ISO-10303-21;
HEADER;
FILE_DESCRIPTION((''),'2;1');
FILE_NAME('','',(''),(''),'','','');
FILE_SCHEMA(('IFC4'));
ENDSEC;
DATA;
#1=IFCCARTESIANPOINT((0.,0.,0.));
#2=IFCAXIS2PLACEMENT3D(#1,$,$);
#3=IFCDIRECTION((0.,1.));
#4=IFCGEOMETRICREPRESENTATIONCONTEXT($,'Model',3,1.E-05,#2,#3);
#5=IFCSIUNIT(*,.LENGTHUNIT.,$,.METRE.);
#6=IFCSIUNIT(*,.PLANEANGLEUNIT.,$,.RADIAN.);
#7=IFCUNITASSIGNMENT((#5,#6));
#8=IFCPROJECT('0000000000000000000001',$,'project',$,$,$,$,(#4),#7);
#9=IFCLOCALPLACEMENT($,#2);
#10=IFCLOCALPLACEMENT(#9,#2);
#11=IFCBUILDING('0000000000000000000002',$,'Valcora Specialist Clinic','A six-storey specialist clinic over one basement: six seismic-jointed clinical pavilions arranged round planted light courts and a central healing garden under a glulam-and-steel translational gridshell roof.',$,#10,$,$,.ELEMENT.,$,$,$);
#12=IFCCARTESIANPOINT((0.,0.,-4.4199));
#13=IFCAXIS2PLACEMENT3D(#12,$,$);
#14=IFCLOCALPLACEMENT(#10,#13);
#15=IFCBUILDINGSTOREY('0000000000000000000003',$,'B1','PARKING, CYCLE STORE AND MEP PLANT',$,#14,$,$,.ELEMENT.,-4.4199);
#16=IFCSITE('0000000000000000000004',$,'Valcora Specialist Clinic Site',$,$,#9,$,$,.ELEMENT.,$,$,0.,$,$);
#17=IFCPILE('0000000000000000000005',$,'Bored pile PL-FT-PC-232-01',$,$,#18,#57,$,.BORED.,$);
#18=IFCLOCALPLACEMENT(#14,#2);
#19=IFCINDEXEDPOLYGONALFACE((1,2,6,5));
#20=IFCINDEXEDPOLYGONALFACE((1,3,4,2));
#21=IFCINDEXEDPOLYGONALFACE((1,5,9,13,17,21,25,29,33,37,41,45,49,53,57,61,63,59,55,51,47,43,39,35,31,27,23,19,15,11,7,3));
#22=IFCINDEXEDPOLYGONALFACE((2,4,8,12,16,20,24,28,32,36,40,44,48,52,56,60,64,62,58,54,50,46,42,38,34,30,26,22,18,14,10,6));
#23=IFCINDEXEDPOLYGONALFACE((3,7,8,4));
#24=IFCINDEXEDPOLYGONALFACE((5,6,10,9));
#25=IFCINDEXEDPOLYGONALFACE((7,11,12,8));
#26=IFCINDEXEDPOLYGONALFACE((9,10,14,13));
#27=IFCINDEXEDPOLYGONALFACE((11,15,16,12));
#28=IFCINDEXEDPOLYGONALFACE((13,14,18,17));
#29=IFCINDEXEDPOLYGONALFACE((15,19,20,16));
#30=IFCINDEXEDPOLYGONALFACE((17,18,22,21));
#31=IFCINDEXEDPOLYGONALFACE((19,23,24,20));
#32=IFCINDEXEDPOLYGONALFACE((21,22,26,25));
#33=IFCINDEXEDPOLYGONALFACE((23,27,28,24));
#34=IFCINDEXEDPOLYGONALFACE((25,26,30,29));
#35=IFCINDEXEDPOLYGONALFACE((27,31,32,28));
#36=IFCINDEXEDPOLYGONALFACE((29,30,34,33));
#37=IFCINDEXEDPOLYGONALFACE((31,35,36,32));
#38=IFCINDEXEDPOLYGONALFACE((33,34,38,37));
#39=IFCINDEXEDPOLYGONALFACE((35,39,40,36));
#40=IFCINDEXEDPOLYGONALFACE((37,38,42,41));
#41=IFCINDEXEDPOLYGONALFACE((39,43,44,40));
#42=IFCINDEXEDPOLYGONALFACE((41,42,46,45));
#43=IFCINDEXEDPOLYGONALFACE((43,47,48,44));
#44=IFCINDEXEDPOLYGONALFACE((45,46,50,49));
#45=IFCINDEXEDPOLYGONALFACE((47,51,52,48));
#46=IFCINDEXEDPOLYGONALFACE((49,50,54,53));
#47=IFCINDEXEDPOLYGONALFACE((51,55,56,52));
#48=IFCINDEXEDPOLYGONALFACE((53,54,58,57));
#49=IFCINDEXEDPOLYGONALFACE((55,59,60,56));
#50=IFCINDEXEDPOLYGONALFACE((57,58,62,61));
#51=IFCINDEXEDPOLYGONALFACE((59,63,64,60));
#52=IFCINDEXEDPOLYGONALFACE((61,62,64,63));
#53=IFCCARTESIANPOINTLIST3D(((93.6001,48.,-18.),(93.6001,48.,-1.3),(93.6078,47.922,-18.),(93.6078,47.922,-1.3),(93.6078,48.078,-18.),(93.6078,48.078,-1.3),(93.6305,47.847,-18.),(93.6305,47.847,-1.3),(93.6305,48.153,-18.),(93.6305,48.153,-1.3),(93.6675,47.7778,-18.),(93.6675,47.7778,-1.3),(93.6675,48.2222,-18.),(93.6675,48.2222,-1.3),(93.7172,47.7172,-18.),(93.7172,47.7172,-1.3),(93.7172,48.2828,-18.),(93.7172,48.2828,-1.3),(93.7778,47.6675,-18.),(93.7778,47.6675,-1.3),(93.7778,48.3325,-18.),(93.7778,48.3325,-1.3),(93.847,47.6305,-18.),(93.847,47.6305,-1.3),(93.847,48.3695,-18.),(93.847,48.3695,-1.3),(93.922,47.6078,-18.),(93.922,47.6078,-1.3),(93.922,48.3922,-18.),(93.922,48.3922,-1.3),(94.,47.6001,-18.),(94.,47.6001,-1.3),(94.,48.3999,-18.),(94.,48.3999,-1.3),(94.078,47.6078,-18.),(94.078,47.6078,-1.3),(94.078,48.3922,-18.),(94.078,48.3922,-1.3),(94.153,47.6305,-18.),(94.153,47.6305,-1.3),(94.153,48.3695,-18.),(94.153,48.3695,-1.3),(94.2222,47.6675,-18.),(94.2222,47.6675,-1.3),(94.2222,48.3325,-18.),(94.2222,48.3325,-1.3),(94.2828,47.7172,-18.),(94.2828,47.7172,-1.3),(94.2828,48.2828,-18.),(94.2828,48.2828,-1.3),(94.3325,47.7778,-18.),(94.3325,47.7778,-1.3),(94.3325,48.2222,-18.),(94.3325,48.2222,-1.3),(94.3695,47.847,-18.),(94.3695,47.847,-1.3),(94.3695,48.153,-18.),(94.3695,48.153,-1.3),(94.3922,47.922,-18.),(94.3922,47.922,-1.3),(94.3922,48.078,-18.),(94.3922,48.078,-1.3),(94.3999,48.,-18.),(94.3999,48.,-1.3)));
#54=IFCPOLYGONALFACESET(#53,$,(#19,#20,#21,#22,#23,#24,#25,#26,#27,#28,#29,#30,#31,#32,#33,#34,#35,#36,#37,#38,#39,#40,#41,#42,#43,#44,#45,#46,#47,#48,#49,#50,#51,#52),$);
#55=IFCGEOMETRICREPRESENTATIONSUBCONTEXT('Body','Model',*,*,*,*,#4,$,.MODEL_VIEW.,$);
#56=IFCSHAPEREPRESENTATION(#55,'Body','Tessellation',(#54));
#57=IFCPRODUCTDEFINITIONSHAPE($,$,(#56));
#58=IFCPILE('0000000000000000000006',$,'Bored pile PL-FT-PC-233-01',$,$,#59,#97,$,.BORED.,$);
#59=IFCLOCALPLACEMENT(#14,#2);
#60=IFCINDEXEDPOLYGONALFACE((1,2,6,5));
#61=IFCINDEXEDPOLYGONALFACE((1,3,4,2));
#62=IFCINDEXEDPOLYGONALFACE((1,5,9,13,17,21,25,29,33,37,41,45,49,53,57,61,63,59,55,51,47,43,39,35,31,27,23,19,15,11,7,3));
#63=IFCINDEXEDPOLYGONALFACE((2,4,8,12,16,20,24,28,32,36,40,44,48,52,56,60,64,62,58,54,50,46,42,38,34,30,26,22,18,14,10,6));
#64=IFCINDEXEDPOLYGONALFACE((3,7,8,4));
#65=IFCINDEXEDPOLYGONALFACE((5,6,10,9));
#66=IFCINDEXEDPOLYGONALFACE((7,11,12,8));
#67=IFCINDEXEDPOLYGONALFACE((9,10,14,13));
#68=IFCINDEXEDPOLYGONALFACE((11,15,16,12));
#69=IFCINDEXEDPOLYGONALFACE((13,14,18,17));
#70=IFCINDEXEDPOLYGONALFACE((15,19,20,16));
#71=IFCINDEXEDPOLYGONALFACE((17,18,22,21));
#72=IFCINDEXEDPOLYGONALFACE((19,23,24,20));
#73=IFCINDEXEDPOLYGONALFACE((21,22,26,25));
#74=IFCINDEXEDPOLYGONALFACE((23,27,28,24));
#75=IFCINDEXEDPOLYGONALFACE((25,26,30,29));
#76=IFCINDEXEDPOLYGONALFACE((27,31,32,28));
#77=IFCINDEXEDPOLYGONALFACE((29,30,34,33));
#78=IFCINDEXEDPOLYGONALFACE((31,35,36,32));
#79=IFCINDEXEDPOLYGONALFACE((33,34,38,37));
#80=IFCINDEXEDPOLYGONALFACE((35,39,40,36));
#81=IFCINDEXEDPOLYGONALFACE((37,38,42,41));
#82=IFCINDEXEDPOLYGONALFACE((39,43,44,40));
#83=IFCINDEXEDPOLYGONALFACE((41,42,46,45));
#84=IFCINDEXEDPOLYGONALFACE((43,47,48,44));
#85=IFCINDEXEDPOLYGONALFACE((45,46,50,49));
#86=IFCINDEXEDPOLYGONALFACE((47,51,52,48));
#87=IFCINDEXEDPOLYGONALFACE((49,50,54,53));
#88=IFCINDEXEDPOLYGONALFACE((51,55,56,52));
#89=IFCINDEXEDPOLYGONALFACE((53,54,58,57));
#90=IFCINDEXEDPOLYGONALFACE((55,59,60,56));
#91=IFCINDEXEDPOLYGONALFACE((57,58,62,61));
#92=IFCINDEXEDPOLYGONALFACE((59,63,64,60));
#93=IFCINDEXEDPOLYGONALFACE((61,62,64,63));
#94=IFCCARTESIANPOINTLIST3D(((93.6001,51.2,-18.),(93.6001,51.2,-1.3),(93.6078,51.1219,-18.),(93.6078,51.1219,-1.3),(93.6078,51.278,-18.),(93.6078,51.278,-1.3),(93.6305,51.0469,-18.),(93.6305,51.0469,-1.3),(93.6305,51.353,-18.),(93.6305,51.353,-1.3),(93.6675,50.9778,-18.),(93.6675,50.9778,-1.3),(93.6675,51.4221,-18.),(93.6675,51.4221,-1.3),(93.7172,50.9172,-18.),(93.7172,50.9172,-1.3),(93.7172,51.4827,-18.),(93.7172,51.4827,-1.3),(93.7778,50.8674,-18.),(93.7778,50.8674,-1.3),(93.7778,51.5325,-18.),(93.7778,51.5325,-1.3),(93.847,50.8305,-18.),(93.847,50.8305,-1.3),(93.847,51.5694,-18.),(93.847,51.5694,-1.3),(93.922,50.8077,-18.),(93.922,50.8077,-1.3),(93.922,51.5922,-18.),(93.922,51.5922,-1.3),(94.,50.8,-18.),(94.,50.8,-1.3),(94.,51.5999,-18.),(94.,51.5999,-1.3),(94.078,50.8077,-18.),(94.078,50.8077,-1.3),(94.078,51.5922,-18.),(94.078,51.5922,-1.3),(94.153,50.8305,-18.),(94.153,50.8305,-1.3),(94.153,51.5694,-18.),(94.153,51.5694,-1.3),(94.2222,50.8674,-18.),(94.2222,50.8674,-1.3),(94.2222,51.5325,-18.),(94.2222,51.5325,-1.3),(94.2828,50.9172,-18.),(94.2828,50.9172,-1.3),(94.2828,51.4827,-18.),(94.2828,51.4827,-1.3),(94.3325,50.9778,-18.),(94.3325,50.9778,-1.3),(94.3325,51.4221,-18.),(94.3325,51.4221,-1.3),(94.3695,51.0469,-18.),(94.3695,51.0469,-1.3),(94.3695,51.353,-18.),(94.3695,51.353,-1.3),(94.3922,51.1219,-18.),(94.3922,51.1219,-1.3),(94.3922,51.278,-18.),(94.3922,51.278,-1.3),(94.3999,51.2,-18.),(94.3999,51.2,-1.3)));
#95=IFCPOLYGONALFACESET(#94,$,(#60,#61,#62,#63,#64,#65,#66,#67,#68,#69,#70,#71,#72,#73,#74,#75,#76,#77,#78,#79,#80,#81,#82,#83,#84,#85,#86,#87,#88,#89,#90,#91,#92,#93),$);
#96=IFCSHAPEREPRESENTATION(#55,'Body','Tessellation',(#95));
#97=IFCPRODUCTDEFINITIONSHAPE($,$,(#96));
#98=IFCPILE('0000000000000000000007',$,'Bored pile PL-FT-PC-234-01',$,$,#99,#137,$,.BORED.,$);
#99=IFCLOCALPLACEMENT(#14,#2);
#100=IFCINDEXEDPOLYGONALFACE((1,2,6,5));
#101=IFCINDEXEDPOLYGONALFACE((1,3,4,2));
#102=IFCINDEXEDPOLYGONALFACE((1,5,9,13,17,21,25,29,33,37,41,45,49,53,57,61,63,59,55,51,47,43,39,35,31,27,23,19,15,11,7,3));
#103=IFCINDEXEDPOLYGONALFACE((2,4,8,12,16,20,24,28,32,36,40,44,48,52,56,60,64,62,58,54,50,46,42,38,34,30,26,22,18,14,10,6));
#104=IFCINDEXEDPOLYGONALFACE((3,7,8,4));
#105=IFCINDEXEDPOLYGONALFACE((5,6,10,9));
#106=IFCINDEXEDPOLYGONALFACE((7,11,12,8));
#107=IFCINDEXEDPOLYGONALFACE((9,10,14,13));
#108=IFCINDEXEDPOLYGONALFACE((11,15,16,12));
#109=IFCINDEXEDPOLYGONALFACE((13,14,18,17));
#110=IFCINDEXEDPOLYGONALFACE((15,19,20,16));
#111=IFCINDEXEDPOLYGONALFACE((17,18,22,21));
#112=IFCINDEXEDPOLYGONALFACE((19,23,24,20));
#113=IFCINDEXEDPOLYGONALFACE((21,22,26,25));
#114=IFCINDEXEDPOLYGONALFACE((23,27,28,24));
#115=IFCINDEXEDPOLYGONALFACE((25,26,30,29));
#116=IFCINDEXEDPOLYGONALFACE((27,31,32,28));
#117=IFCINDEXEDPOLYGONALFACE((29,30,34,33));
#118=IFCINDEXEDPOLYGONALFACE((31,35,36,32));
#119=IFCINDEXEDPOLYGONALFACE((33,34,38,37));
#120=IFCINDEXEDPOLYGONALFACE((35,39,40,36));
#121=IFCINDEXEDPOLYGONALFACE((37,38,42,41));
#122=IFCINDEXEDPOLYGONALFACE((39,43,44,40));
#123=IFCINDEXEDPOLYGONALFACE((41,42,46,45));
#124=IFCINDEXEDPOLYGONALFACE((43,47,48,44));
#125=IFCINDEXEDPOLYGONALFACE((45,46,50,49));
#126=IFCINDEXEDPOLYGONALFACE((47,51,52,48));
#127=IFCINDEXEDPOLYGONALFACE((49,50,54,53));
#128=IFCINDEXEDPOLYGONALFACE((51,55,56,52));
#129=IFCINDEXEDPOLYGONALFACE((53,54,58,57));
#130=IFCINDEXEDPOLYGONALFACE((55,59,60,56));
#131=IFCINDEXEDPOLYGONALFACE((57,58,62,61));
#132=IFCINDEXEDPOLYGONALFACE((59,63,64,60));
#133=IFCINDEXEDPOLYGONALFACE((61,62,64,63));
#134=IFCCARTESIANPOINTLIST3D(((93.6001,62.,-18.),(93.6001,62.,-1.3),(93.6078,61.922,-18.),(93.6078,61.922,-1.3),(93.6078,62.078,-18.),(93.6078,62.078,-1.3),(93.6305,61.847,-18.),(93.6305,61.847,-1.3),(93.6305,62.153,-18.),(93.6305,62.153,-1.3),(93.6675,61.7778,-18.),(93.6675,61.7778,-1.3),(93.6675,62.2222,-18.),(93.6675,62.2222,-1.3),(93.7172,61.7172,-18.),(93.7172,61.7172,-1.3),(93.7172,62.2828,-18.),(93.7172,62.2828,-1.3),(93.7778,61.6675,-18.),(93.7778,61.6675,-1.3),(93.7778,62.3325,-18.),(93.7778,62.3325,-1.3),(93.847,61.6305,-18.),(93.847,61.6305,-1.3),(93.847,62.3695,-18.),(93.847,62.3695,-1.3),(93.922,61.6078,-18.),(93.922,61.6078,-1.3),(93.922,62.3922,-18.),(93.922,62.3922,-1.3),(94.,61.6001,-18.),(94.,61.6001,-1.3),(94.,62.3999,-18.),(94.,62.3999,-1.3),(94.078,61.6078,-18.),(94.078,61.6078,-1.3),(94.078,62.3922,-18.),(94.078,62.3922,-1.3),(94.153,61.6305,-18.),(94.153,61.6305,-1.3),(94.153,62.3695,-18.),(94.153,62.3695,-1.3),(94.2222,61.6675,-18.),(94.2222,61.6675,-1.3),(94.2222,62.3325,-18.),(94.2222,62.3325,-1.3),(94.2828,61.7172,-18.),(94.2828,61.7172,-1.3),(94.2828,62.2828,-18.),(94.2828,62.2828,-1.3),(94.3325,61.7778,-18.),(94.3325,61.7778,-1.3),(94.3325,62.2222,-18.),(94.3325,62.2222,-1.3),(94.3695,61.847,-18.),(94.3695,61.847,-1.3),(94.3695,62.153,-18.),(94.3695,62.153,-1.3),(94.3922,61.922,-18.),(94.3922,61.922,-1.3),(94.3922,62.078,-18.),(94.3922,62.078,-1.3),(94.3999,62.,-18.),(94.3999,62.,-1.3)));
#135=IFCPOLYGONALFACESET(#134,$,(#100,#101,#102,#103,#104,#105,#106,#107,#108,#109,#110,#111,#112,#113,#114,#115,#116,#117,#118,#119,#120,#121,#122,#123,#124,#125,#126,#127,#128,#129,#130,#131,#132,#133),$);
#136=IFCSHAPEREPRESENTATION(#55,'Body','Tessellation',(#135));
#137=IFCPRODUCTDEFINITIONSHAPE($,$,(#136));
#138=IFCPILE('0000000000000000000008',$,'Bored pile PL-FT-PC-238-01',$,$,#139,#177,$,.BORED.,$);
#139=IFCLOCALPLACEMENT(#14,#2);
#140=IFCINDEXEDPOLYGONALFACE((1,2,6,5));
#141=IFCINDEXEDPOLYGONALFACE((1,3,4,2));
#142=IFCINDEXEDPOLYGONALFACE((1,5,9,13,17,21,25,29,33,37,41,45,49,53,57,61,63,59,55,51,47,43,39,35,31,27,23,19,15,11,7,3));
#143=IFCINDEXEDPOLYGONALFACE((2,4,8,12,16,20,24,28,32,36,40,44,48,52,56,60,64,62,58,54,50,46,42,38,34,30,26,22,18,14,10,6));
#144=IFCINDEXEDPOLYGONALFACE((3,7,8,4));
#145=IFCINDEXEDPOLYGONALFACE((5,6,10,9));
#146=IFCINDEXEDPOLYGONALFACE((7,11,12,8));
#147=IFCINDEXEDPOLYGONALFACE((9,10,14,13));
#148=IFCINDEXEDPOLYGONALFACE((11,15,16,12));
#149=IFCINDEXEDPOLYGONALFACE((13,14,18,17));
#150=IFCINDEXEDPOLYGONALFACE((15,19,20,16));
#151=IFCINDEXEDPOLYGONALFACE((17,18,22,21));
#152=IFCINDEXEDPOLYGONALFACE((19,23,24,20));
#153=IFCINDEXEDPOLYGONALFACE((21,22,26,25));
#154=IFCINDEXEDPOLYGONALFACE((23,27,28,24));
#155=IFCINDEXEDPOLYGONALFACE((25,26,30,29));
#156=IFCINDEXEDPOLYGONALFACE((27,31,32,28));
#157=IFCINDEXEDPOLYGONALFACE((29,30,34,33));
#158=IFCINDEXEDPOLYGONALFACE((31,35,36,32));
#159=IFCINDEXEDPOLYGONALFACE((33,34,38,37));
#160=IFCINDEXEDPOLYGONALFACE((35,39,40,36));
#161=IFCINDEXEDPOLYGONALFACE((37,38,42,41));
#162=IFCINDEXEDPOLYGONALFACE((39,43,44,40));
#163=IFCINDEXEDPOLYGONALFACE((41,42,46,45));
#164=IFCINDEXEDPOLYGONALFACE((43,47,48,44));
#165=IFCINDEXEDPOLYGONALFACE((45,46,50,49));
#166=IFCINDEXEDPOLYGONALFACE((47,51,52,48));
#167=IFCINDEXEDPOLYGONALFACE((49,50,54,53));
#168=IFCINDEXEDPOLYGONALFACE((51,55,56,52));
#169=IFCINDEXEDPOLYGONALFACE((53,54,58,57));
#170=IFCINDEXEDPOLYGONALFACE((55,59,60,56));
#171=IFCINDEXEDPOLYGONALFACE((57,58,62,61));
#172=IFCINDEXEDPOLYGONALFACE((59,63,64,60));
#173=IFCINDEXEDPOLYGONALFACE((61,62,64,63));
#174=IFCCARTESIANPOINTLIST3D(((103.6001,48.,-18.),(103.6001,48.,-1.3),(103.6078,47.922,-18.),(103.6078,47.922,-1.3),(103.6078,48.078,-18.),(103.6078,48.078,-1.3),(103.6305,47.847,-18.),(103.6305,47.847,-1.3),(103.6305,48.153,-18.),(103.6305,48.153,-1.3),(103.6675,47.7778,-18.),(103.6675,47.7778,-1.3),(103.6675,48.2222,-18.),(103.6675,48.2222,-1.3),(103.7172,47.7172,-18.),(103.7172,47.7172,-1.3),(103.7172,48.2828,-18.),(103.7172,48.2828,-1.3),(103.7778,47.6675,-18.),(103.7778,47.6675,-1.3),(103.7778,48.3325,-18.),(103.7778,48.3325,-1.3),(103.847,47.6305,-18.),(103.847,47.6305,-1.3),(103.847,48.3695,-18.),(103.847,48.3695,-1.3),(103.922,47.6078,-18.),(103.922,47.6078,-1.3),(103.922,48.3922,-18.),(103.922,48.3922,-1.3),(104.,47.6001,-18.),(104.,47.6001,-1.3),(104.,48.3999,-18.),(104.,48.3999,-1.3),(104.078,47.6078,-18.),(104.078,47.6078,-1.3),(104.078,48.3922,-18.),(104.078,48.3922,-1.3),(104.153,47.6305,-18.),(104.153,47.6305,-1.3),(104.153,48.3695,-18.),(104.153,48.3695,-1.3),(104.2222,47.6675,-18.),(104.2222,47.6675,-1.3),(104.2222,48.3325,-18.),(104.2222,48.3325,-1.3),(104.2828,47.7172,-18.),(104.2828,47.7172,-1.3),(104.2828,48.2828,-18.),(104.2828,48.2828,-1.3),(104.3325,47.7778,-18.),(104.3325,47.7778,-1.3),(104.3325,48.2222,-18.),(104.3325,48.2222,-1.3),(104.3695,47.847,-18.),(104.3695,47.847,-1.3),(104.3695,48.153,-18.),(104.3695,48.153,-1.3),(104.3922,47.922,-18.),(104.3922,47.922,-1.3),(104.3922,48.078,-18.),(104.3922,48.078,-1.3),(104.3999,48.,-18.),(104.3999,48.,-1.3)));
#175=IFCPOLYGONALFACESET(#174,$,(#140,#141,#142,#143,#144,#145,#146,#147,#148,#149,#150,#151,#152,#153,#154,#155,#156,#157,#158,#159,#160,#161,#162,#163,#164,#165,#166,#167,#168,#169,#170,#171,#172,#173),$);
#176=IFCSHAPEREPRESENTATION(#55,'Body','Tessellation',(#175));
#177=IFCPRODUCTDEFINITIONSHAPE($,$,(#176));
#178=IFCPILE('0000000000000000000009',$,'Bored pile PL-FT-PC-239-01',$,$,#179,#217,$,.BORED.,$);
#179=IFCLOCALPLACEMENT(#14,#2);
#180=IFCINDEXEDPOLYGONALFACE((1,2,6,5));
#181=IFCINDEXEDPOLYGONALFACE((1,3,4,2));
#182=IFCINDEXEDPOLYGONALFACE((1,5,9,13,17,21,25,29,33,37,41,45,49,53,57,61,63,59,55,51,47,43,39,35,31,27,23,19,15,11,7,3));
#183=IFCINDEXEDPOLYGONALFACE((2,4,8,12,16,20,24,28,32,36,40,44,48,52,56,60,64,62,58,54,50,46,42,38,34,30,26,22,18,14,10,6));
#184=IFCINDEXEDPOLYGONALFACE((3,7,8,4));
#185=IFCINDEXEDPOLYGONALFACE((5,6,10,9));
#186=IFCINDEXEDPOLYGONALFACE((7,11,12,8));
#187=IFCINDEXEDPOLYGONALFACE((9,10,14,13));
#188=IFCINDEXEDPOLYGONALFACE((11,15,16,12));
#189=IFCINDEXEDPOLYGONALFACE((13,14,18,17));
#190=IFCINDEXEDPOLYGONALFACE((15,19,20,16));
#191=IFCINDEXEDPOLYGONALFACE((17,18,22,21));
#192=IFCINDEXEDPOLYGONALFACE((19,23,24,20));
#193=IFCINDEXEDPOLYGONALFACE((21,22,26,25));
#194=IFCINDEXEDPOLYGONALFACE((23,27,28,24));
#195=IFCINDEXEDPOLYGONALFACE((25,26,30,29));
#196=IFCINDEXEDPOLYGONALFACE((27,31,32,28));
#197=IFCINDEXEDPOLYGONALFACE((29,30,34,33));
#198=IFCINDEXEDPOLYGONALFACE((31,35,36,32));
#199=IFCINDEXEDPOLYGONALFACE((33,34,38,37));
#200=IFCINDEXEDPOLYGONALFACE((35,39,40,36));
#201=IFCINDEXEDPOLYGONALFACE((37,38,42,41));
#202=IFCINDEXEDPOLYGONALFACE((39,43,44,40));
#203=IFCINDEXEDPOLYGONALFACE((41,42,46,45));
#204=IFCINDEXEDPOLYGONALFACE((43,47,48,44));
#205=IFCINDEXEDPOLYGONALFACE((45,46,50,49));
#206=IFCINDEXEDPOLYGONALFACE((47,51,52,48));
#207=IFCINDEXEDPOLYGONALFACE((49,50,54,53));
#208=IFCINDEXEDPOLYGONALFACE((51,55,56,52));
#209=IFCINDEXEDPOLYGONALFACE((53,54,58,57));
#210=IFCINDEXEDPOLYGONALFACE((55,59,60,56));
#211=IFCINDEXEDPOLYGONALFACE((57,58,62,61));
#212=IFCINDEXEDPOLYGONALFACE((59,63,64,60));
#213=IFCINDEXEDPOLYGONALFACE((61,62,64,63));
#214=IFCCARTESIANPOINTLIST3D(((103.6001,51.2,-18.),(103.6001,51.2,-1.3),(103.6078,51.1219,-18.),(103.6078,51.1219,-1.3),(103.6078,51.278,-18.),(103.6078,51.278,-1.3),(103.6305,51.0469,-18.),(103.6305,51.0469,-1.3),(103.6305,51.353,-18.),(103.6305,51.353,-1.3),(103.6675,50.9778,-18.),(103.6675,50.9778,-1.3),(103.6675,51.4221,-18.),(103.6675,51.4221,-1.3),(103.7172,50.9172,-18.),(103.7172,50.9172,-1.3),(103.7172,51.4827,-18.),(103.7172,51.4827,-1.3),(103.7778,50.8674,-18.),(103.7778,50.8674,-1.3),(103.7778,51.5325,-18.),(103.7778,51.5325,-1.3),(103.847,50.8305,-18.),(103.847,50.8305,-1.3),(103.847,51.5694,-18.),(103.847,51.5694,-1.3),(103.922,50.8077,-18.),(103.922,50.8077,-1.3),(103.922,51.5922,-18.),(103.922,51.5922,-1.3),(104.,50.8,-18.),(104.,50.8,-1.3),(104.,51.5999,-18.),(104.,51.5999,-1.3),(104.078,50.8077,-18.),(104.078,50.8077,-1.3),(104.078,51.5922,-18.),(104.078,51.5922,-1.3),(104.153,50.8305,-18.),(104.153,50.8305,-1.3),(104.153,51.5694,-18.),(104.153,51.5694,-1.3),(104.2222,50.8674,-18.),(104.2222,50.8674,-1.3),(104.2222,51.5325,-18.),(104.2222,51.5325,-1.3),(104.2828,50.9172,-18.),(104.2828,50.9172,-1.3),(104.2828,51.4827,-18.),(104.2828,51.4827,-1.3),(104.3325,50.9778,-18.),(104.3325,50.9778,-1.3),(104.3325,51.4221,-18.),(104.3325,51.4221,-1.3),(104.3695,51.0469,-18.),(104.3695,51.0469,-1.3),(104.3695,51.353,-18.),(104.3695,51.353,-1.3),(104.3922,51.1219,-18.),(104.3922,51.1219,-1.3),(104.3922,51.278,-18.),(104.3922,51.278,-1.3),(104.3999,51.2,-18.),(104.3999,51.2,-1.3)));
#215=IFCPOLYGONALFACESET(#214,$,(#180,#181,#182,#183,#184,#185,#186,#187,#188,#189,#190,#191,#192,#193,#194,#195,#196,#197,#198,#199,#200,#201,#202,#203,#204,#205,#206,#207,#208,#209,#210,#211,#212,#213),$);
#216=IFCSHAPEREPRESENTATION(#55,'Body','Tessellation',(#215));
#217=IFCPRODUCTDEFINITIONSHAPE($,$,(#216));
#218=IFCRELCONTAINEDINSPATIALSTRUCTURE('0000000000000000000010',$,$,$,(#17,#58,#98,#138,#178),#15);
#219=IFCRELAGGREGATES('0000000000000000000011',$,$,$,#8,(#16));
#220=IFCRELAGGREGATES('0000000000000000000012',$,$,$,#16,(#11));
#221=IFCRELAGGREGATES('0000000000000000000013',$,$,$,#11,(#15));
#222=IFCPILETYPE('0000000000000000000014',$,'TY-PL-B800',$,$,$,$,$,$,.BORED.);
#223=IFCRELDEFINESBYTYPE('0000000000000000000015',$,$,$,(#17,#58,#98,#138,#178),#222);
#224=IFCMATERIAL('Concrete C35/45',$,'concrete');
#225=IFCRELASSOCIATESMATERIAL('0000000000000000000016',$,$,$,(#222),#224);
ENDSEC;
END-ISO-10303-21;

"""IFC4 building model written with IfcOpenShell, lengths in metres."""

from ifc_helpers import new_model, si_unit, direction, frame, origin, origin_2d, place, context, subcontext, project, spatial, circle, extrude, material, material_profile, profile_set, type_object, element, save


model = new_model("IFC4")

# Units and contexts
model_context = context("Model", 3, precision=1e-05, world=origin(), true_north=direction((0.0, 1.0)))
body_context = subcontext(model_context, "Body", "Model", "MODEL_VIEW")
ifc_project = project(units=[si_unit("LENGTHUNIT", "METRE"), si_unit("PLANEANGLEUNIT", "RADIAN")], contexts=[model_context])

# Site, building, storey
site_placement = place(None, origin())
site = spatial("IfcSite", under=ifc_project, at=site_placement, Name="Valcora Specialist Clinic Site", CompositionType="ELEMENT", RefElevation=0.0)
building_placement = place(site_placement, origin())
building = spatial("IfcBuilding", under=site, at=building_placement, Name="Valcora Specialist Clinic", Description="A six-storey specialist clinic over one basement: six seismic-jointed clinical pavilions arranged round planted light courts and a central healing garden under a glulam-and-steel translational gridshell roof.", CompositionType="ELEMENT")
storey_placement = place(building_placement, frame((0.0, 0.0, -4.4199)))
storey = spatial("IfcBuildingStorey", under=building, at=storey_placement, Name="B1", Description="PARKING, CYCLE STORE AND MEP PLANT", CompositionType="ELEMENT", Elevation=-4.4199)

# Shared definitions
ifc_material_1 = material(Name="Concrete C35/45", Category="concrete")

# Piles
ifc_material_profile_1 = material_profile(ifc_material_1, circle(Radius=0.3999, at=origin_2d()), Name="RC-PIL-D800")
ifc_profile_set_1 = profile_set([ifc_material_profile_1], Name="Concrete C35/45")
pile_type = type_object("IfcPileType", Name="TY-PL-B800", PredefinedType="BORED", material=ifc_profile_set_1)
for number, where, z_axis, x_axis, name in (
    (1, (94.0, 48.0, -1.3), (0.0, 0.0, -1.0), (1.0, 0.0, 0.0), "Bored pile PL-FT-PC-232-01"),
    (2, (94.0, 51.2, -1.3), (0.0, 0.0, -1.0), (1.0, 0.0, 0.0), "Bored pile PL-FT-PC-233-01"),
    (3, (94.0, 62.0, -1.3), (0.0, 0.0, -1.0), (1.0, 0.0, 0.0), "Bored pile PL-FT-PC-234-01"),
    (4, (104.0, 48.0, -1.3), (0.0, 0.0, -1.0), (1.0, 0.0, 0.0), "Bored pile PL-FT-PC-238-01"),
    (5, (104.0, 51.2, -1.3), (0.0, 0.0, -1.0), (1.0, 0.0, 0.0), "Bored pile PL-FT-PC-239-01"),
):
    element("IfcPile", number, at=place(storey_placement, frame(where, z_axis=z_axis, x_axis=x_axis)), inside=storey, type_object=pile_type, Name=name, PredefinedType="BORED", context=body_context, shape_type="SweptSolid", body=[
        extrude(circle(Radius=0.3999, at=origin_2d()), origin(), (0.0, 0.0, 1.0), 16.7),
    ])

save(model, "model.ifc")
